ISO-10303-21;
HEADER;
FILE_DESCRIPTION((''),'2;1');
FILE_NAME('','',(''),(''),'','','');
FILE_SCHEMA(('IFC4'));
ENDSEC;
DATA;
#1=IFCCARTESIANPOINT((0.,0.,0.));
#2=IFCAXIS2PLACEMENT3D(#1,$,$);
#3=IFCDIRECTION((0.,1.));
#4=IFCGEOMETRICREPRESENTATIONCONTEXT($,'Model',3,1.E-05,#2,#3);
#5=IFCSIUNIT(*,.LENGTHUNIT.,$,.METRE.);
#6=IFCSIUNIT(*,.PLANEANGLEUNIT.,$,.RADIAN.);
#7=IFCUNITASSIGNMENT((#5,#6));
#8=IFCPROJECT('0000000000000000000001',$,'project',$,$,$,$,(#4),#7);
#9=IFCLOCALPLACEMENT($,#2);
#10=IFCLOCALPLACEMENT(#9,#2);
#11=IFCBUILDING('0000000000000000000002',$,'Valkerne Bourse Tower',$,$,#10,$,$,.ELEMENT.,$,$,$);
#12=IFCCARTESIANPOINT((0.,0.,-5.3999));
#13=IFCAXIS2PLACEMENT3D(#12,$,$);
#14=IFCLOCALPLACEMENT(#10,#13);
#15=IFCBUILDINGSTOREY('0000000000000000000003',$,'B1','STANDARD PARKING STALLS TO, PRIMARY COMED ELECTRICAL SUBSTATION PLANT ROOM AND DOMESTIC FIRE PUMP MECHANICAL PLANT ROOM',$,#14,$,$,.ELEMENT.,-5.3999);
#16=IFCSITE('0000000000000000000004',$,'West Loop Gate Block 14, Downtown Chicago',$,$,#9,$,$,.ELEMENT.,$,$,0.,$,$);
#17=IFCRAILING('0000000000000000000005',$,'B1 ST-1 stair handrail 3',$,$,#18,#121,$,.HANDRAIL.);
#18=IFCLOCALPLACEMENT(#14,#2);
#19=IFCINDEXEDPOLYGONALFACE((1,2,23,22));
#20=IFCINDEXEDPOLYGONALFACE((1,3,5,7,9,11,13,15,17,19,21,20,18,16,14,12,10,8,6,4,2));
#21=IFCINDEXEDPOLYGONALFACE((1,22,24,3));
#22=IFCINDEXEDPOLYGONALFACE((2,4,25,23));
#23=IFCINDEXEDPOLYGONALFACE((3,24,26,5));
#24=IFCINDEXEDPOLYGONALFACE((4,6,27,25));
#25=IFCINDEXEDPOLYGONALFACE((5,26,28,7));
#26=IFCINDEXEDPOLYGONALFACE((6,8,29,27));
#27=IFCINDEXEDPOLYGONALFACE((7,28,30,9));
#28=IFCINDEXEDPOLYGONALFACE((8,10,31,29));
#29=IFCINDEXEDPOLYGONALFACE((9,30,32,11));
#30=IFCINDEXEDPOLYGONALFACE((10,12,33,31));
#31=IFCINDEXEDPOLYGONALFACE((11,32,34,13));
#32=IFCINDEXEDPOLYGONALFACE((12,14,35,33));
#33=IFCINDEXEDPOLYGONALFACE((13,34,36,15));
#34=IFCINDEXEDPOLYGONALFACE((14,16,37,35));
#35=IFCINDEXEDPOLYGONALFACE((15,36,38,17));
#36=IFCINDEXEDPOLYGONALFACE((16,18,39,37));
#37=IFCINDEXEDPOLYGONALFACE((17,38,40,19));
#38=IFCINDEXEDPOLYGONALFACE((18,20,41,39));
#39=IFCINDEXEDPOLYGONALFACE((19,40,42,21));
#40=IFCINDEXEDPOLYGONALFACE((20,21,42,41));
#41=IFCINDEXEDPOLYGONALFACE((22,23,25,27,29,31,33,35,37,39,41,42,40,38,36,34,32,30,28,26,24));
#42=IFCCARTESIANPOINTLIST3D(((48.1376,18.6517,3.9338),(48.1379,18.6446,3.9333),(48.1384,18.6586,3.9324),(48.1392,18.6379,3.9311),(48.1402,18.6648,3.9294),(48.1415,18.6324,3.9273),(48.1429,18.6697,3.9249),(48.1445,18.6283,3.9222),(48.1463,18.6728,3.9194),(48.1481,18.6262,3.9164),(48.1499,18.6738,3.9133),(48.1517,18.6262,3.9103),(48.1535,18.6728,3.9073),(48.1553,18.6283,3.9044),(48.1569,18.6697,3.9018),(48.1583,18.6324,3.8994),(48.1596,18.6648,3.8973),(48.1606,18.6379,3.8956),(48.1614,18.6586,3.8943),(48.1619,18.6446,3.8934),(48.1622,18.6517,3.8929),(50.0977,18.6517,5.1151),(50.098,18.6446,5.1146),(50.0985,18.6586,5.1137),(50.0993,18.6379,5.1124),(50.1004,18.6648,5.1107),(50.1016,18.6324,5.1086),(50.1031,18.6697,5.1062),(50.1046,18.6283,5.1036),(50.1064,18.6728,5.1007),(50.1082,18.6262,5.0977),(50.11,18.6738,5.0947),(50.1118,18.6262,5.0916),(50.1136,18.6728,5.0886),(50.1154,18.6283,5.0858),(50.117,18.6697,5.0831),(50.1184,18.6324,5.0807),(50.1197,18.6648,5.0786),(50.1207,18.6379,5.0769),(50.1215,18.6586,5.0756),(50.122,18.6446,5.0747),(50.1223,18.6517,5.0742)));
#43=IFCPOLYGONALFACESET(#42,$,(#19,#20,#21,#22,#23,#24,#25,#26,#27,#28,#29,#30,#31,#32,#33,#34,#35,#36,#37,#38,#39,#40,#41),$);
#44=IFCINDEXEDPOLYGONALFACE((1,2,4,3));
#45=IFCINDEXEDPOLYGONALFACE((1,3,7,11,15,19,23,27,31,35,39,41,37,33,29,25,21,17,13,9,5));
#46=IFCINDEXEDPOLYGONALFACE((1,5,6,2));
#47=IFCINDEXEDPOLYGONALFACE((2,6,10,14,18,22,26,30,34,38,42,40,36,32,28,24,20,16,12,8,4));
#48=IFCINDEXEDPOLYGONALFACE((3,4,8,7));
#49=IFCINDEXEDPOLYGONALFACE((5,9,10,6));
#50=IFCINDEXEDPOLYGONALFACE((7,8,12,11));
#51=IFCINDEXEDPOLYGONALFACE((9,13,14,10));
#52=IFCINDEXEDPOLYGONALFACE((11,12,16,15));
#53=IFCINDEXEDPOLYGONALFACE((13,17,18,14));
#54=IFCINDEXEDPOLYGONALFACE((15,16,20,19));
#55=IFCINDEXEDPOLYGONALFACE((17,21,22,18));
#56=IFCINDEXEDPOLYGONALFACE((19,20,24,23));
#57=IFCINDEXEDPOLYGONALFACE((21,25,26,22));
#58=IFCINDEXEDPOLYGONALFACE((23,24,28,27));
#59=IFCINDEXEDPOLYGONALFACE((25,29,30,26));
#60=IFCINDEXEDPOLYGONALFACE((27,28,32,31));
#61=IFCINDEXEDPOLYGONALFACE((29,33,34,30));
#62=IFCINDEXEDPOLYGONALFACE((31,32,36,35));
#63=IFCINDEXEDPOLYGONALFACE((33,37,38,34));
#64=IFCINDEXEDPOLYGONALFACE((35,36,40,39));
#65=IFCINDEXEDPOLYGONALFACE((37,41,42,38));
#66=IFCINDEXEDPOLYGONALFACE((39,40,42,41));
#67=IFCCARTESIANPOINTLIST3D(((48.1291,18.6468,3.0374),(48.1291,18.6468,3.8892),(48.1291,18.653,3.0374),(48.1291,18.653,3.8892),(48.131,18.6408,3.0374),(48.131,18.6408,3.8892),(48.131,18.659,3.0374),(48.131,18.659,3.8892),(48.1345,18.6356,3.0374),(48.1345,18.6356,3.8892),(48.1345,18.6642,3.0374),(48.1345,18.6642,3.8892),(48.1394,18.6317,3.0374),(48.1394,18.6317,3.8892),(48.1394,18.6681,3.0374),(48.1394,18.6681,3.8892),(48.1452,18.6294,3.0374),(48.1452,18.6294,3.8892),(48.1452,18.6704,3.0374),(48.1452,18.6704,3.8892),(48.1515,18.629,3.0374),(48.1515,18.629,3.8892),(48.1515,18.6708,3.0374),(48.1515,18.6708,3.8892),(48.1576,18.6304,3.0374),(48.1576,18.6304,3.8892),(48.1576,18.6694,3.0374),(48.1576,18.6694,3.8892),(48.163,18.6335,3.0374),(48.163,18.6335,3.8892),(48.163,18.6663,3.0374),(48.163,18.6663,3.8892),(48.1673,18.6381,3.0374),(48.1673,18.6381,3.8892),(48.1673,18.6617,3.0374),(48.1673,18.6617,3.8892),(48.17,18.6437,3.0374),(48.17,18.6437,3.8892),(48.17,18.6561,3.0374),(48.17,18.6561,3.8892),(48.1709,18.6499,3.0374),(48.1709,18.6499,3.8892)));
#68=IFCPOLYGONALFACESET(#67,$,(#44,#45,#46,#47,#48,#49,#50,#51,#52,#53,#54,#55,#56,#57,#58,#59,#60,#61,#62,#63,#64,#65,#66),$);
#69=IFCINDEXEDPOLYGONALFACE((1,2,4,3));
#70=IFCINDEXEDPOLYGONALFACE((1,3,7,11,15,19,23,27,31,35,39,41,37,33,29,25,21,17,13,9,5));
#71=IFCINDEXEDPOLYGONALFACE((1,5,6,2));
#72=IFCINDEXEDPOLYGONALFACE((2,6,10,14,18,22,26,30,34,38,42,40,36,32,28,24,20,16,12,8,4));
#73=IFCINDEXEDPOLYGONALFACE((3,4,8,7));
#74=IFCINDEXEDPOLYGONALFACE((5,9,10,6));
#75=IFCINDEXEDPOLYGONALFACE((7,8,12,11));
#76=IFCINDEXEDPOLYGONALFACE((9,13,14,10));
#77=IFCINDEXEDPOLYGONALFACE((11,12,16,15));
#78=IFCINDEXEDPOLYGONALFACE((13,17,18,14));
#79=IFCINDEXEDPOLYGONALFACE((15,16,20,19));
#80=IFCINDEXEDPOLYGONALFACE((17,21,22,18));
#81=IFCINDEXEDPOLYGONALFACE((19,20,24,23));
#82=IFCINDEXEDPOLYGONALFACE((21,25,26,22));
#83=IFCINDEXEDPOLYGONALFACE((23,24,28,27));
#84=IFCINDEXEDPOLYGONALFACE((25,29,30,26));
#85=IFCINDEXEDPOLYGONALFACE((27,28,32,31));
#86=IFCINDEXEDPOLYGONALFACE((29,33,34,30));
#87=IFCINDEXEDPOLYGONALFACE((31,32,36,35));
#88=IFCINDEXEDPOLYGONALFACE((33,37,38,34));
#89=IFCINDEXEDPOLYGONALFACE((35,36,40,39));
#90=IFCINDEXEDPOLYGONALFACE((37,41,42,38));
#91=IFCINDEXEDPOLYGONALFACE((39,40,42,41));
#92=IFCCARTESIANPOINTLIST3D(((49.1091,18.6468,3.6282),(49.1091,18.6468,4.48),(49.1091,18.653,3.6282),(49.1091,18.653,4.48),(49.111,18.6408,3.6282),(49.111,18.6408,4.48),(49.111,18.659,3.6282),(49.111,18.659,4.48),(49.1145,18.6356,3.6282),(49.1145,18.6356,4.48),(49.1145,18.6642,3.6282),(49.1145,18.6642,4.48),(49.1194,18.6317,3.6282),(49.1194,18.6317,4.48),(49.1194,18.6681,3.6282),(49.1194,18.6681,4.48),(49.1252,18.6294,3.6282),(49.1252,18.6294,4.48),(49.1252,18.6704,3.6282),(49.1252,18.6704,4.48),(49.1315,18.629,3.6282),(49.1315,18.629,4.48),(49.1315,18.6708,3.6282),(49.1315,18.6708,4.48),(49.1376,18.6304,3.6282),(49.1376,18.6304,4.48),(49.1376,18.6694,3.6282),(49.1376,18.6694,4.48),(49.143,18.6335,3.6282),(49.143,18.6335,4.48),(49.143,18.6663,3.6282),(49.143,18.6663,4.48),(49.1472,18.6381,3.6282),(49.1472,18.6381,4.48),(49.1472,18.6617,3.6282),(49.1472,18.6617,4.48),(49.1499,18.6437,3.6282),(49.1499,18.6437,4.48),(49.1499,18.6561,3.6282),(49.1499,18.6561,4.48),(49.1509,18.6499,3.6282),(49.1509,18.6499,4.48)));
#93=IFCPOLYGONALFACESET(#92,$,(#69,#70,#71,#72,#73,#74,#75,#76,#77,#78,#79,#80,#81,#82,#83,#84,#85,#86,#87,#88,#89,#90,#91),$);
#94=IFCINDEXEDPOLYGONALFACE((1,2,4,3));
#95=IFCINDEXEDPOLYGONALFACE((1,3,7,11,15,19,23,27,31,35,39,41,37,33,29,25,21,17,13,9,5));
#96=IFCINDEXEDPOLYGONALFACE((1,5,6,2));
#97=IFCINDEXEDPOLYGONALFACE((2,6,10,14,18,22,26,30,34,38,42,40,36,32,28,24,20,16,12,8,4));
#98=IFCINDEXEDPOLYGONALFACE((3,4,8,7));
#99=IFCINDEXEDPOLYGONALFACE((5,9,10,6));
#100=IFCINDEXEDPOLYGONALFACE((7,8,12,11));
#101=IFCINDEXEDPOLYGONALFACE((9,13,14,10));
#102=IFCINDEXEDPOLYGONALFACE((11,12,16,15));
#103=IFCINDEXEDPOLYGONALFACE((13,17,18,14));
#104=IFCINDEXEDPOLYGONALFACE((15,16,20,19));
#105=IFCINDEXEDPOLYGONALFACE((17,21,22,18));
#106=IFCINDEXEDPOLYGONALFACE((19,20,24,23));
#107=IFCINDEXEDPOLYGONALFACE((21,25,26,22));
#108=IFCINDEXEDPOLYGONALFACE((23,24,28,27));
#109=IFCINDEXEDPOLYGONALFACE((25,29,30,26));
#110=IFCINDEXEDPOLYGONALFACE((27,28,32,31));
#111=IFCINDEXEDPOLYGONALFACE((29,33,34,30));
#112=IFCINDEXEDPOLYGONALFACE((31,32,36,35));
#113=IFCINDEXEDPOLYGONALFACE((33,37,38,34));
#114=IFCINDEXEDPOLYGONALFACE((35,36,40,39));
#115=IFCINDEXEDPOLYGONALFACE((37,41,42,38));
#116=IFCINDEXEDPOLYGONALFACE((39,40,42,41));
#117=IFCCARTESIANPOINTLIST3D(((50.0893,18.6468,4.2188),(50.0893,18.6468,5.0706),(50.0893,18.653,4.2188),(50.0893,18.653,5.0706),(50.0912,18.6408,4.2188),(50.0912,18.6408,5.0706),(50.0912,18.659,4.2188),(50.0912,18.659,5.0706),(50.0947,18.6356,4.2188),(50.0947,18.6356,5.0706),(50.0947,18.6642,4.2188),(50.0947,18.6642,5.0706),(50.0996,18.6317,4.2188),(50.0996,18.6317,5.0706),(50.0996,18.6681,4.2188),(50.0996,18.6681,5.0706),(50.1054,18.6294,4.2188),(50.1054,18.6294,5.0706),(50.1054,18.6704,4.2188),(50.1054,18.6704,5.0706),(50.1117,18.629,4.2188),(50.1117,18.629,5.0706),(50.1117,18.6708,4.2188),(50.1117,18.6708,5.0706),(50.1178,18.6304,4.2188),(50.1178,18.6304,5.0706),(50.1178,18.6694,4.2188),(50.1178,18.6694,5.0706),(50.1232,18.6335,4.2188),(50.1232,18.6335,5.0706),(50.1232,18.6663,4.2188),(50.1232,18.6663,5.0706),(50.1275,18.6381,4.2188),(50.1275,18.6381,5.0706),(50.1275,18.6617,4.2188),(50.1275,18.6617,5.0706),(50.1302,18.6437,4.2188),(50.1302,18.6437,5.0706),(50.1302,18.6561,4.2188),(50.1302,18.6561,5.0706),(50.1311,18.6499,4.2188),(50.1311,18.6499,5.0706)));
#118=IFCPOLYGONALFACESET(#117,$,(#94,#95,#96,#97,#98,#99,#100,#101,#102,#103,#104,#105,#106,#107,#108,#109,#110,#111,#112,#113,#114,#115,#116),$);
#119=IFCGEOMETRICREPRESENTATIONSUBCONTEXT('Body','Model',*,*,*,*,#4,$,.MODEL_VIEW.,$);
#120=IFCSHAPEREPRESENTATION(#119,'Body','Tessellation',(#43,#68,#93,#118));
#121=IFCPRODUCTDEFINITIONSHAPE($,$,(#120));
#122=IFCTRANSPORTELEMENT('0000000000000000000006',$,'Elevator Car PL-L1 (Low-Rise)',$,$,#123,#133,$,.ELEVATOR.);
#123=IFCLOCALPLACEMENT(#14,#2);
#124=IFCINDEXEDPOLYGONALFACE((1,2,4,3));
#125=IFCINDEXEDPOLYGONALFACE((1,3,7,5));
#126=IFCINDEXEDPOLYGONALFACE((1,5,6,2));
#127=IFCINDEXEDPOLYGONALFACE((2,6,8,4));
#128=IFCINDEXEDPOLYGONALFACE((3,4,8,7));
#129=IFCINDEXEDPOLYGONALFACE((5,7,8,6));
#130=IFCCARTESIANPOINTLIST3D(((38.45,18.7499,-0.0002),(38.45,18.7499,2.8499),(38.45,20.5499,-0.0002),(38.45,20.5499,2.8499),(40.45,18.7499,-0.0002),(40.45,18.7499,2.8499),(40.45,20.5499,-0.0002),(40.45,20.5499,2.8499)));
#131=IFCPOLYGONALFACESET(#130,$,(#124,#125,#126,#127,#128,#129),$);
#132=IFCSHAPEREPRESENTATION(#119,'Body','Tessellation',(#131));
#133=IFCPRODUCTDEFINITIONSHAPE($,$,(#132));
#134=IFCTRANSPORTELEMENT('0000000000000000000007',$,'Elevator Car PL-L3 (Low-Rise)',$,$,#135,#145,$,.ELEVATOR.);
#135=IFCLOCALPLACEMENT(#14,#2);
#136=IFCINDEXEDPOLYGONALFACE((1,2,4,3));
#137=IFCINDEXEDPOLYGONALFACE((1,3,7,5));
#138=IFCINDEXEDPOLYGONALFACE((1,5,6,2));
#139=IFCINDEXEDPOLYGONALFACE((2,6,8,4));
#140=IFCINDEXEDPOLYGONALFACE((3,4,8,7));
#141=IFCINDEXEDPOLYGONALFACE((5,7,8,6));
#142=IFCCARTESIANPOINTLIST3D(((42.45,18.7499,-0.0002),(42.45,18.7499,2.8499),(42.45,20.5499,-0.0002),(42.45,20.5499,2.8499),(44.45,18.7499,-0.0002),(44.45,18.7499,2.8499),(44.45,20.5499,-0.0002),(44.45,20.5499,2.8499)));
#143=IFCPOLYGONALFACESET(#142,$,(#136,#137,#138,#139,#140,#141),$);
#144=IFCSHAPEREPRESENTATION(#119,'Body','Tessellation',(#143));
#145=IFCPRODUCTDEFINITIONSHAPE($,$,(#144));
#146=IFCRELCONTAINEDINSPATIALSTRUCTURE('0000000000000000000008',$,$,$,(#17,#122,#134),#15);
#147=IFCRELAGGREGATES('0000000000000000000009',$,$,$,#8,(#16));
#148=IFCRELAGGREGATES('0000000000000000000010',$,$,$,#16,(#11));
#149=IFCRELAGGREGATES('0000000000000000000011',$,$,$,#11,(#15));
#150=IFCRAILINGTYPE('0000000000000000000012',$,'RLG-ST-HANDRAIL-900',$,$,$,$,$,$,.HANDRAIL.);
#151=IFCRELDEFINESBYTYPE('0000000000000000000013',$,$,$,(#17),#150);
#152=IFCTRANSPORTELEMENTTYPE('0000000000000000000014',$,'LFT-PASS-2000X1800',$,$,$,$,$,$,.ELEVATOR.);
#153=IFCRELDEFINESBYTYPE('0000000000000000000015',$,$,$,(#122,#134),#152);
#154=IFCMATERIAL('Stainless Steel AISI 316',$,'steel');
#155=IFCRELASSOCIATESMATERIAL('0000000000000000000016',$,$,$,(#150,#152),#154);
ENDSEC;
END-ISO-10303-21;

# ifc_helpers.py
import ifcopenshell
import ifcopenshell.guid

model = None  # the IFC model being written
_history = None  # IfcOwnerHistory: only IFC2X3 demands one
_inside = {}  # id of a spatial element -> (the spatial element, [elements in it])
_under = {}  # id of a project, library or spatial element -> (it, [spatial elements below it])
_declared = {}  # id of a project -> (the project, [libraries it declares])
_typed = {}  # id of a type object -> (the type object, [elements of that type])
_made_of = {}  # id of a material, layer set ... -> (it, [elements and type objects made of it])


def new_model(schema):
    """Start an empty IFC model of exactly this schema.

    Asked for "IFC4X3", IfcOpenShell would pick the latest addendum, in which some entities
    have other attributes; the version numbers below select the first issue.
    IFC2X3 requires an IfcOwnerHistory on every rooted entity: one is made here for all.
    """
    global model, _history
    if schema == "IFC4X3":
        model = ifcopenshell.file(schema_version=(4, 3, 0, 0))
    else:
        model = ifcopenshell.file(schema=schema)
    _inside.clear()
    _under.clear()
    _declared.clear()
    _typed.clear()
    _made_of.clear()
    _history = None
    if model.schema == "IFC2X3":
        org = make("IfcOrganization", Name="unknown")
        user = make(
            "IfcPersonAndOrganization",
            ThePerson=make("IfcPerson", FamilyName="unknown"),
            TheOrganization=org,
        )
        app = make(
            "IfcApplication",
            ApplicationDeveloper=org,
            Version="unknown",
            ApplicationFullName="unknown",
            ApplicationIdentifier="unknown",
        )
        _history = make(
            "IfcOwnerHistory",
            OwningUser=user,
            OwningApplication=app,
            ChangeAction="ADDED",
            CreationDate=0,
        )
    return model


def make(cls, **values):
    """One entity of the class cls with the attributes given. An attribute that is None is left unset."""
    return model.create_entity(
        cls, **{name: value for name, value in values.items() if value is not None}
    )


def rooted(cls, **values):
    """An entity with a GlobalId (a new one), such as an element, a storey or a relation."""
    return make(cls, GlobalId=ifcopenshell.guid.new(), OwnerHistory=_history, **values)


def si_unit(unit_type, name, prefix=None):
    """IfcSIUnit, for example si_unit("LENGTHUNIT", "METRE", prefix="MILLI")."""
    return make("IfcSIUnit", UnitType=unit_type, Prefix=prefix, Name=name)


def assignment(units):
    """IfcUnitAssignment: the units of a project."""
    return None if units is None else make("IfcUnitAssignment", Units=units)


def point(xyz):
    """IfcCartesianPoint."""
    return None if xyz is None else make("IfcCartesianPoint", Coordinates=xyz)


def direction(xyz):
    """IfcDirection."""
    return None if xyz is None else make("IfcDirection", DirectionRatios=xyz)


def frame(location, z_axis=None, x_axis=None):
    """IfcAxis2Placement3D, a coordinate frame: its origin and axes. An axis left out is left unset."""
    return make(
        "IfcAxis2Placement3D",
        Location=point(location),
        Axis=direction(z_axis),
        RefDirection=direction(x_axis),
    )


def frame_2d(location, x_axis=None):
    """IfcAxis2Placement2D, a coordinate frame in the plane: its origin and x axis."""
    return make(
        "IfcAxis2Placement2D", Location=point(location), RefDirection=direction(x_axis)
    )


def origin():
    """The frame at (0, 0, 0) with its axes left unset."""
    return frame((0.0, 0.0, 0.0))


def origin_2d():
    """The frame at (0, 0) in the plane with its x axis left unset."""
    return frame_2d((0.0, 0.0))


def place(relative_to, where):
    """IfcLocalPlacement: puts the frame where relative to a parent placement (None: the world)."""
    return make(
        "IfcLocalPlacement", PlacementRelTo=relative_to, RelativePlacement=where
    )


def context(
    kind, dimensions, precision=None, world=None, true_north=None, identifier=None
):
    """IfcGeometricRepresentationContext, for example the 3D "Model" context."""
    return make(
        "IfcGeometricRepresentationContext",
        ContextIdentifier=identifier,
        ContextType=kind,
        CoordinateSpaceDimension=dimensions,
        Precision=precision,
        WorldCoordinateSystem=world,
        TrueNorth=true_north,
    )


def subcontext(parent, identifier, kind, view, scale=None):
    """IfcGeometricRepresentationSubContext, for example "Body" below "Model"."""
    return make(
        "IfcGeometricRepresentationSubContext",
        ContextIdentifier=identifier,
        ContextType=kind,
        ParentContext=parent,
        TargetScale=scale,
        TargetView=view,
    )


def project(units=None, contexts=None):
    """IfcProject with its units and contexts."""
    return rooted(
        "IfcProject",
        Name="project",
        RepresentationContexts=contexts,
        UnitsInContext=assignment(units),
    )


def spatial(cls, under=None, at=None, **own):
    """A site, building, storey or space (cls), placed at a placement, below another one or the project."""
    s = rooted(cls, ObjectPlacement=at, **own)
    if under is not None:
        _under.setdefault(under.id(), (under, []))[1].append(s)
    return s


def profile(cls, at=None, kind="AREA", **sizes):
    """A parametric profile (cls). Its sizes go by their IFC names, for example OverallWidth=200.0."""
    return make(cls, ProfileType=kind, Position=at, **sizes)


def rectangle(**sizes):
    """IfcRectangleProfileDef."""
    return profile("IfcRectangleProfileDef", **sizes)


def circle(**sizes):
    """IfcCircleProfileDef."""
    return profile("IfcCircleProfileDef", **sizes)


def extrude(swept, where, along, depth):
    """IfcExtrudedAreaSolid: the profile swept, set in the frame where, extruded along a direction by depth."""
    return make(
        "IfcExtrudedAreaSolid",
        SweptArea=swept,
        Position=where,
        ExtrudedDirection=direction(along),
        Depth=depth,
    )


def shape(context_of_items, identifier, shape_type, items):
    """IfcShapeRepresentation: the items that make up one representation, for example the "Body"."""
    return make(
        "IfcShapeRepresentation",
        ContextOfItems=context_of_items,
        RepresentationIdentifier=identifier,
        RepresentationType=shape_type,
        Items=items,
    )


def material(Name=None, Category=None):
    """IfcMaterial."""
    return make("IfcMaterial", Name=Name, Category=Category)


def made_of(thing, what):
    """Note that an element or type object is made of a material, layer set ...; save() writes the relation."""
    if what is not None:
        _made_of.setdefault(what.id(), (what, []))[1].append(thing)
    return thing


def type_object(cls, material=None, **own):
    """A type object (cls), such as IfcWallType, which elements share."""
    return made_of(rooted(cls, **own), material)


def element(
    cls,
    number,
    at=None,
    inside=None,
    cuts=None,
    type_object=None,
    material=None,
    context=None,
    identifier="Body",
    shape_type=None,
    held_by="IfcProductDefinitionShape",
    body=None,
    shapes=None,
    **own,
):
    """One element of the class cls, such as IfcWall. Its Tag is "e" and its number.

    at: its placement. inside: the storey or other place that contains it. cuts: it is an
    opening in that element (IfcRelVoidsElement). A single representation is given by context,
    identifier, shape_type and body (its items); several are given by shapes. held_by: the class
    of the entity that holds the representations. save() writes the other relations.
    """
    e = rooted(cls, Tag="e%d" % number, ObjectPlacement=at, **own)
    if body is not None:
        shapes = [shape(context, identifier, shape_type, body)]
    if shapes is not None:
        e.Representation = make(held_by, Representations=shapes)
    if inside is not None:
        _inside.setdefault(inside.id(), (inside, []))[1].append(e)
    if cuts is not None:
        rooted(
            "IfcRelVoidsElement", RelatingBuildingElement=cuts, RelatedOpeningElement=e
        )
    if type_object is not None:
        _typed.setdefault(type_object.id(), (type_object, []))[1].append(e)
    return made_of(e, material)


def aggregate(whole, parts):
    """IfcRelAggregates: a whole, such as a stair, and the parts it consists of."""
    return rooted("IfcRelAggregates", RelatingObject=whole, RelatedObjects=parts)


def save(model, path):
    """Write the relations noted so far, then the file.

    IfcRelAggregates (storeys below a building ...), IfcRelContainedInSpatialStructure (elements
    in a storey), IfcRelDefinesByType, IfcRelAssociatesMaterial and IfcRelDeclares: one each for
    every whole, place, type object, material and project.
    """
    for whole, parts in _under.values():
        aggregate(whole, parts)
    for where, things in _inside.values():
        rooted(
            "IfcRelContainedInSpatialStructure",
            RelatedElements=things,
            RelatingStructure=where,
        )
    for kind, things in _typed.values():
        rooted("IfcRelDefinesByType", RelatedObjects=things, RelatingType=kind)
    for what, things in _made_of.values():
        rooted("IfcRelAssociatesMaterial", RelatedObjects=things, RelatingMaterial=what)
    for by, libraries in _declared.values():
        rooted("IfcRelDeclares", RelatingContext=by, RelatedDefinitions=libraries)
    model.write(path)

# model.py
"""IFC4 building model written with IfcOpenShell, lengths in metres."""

from ifc_helpers import new_model, si_unit, direction, frame, origin, origin_2d, place, context, subcontext, project, spatial, rectangle, circle, extrude, material, type_object, element, save


model = new_model("IFC4")

# Units and contexts
model_context = context("Model", 3, precision=1e-05, world=origin(), true_north=direction((0.0, 1.0)))
body_context = subcontext(model_context, "Body", "Model", "MODEL_VIEW")
ifc_project = project(units=[si_unit("LENGTHUNIT", "METRE"), si_unit("PLANEANGLEUNIT", "RADIAN")], contexts=[model_context])

# Site, building, storey
site_placement = place(None, origin())
site = spatial("IfcSite", under=ifc_project, at=site_placement, Name="West Loop Gate Block 14, Downtown Chicago", CompositionType="ELEMENT", RefElevation=0.0)
building_placement = place(site_placement, origin())
building = spatial("IfcBuilding", under=site, at=building_placement, Name="Valkerne Bourse Tower", CompositionType="ELEMENT")
storey_placement = place(building_placement, frame((0.0, 0.0, -5.3999)))
storey = spatial("IfcBuildingStorey", under=building, at=storey_placement, Name="B1", Description="STANDARD PARKING STALLS TO, PRIMARY COMED ELECTRICAL SUBSTATION PLANT ROOM AND DOMESTIC FIRE PUMP MECHANICAL PLANT ROOM", CompositionType="ELEMENT", Elevation=-5.3999)

# Shared definitions
ifc_material_1 = material(Name="Stainless Steel AISI 316", Category="steel")

# Railing
railing_type_1 = type_object("IfcRailingType", Name="RLG-ST-HANDRAIL-900", PredefinedType="HANDRAIL", material=ifc_material_1)
railing_1_placement = place(storey_placement, frame((48.1499, 18.6499, 3.0374)))
element("IfcRailing", 1, at=railing_1_placement, inside=storey, type_object=railing_type_1, Name="B1 ST-1 stair handrail 3", PredefinedType="HANDRAIL", context=body_context, shape_type="SweptSolid", body=[
    extrude(circle(Radius=0.0239, at=origin_2d()), frame((0.0, 0.0, 0.876), z_axis=(0.856475, 0.0, 0.516189), x_axis=(0.0, 1.0, 0.0)), (0.0, 0.0, 1.0), 2.2886),
    extrude(circle(Radius=0.021, at=origin_2d()), origin(), (0.0, 0.0, 1.0), 0.8518),
    extrude(circle(Radius=0.021, at=origin_2d()), frame((0.98, 0.0, 0.5908)), (0.0, 0.0, 1.0), 0.8518),
    extrude(circle(Radius=0.021, at=origin_2d()), frame((1.9602, 0.0, 1.1814)), (0.0, 0.0, 1.0), 0.8518),
])

# Transport elements
transport_element_type = type_object("IfcTransportElementType", Name="LFT-PASS-2000X1800", PredefinedType="ELEVATOR", material=ifc_material_1)
for number, where, z_axis, x_axis, name in (
    (2, (39.45, 19.6499, -0.0002), (0.0, 0.0, 1.0), (1.0, 0.0, 0.0), "Elevator Car PL-L1 (Low-Rise)"),
    (3, (43.45, 19.6499, -0.0002), (0.0, 0.0, 1.0), (1.0, 0.0, 0.0), "Elevator Car PL-L3 (Low-Rise)"),
):
    element("IfcTransportElement", number, at=place(storey_placement, frame(where, z_axis=z_axis, x_axis=x_axis)), inside=storey, type_object=transport_element_type, Name=name, PredefinedType="ELEVATOR", context=body_context, shape_type="SweptSolid", body=[
        extrude(rectangle(XDim=2.0, YDim=1.8, at=origin_2d()), origin(), (0.0, 0.0, 1.0), 2.8501),
    ])

save(model, "model.ifc")
